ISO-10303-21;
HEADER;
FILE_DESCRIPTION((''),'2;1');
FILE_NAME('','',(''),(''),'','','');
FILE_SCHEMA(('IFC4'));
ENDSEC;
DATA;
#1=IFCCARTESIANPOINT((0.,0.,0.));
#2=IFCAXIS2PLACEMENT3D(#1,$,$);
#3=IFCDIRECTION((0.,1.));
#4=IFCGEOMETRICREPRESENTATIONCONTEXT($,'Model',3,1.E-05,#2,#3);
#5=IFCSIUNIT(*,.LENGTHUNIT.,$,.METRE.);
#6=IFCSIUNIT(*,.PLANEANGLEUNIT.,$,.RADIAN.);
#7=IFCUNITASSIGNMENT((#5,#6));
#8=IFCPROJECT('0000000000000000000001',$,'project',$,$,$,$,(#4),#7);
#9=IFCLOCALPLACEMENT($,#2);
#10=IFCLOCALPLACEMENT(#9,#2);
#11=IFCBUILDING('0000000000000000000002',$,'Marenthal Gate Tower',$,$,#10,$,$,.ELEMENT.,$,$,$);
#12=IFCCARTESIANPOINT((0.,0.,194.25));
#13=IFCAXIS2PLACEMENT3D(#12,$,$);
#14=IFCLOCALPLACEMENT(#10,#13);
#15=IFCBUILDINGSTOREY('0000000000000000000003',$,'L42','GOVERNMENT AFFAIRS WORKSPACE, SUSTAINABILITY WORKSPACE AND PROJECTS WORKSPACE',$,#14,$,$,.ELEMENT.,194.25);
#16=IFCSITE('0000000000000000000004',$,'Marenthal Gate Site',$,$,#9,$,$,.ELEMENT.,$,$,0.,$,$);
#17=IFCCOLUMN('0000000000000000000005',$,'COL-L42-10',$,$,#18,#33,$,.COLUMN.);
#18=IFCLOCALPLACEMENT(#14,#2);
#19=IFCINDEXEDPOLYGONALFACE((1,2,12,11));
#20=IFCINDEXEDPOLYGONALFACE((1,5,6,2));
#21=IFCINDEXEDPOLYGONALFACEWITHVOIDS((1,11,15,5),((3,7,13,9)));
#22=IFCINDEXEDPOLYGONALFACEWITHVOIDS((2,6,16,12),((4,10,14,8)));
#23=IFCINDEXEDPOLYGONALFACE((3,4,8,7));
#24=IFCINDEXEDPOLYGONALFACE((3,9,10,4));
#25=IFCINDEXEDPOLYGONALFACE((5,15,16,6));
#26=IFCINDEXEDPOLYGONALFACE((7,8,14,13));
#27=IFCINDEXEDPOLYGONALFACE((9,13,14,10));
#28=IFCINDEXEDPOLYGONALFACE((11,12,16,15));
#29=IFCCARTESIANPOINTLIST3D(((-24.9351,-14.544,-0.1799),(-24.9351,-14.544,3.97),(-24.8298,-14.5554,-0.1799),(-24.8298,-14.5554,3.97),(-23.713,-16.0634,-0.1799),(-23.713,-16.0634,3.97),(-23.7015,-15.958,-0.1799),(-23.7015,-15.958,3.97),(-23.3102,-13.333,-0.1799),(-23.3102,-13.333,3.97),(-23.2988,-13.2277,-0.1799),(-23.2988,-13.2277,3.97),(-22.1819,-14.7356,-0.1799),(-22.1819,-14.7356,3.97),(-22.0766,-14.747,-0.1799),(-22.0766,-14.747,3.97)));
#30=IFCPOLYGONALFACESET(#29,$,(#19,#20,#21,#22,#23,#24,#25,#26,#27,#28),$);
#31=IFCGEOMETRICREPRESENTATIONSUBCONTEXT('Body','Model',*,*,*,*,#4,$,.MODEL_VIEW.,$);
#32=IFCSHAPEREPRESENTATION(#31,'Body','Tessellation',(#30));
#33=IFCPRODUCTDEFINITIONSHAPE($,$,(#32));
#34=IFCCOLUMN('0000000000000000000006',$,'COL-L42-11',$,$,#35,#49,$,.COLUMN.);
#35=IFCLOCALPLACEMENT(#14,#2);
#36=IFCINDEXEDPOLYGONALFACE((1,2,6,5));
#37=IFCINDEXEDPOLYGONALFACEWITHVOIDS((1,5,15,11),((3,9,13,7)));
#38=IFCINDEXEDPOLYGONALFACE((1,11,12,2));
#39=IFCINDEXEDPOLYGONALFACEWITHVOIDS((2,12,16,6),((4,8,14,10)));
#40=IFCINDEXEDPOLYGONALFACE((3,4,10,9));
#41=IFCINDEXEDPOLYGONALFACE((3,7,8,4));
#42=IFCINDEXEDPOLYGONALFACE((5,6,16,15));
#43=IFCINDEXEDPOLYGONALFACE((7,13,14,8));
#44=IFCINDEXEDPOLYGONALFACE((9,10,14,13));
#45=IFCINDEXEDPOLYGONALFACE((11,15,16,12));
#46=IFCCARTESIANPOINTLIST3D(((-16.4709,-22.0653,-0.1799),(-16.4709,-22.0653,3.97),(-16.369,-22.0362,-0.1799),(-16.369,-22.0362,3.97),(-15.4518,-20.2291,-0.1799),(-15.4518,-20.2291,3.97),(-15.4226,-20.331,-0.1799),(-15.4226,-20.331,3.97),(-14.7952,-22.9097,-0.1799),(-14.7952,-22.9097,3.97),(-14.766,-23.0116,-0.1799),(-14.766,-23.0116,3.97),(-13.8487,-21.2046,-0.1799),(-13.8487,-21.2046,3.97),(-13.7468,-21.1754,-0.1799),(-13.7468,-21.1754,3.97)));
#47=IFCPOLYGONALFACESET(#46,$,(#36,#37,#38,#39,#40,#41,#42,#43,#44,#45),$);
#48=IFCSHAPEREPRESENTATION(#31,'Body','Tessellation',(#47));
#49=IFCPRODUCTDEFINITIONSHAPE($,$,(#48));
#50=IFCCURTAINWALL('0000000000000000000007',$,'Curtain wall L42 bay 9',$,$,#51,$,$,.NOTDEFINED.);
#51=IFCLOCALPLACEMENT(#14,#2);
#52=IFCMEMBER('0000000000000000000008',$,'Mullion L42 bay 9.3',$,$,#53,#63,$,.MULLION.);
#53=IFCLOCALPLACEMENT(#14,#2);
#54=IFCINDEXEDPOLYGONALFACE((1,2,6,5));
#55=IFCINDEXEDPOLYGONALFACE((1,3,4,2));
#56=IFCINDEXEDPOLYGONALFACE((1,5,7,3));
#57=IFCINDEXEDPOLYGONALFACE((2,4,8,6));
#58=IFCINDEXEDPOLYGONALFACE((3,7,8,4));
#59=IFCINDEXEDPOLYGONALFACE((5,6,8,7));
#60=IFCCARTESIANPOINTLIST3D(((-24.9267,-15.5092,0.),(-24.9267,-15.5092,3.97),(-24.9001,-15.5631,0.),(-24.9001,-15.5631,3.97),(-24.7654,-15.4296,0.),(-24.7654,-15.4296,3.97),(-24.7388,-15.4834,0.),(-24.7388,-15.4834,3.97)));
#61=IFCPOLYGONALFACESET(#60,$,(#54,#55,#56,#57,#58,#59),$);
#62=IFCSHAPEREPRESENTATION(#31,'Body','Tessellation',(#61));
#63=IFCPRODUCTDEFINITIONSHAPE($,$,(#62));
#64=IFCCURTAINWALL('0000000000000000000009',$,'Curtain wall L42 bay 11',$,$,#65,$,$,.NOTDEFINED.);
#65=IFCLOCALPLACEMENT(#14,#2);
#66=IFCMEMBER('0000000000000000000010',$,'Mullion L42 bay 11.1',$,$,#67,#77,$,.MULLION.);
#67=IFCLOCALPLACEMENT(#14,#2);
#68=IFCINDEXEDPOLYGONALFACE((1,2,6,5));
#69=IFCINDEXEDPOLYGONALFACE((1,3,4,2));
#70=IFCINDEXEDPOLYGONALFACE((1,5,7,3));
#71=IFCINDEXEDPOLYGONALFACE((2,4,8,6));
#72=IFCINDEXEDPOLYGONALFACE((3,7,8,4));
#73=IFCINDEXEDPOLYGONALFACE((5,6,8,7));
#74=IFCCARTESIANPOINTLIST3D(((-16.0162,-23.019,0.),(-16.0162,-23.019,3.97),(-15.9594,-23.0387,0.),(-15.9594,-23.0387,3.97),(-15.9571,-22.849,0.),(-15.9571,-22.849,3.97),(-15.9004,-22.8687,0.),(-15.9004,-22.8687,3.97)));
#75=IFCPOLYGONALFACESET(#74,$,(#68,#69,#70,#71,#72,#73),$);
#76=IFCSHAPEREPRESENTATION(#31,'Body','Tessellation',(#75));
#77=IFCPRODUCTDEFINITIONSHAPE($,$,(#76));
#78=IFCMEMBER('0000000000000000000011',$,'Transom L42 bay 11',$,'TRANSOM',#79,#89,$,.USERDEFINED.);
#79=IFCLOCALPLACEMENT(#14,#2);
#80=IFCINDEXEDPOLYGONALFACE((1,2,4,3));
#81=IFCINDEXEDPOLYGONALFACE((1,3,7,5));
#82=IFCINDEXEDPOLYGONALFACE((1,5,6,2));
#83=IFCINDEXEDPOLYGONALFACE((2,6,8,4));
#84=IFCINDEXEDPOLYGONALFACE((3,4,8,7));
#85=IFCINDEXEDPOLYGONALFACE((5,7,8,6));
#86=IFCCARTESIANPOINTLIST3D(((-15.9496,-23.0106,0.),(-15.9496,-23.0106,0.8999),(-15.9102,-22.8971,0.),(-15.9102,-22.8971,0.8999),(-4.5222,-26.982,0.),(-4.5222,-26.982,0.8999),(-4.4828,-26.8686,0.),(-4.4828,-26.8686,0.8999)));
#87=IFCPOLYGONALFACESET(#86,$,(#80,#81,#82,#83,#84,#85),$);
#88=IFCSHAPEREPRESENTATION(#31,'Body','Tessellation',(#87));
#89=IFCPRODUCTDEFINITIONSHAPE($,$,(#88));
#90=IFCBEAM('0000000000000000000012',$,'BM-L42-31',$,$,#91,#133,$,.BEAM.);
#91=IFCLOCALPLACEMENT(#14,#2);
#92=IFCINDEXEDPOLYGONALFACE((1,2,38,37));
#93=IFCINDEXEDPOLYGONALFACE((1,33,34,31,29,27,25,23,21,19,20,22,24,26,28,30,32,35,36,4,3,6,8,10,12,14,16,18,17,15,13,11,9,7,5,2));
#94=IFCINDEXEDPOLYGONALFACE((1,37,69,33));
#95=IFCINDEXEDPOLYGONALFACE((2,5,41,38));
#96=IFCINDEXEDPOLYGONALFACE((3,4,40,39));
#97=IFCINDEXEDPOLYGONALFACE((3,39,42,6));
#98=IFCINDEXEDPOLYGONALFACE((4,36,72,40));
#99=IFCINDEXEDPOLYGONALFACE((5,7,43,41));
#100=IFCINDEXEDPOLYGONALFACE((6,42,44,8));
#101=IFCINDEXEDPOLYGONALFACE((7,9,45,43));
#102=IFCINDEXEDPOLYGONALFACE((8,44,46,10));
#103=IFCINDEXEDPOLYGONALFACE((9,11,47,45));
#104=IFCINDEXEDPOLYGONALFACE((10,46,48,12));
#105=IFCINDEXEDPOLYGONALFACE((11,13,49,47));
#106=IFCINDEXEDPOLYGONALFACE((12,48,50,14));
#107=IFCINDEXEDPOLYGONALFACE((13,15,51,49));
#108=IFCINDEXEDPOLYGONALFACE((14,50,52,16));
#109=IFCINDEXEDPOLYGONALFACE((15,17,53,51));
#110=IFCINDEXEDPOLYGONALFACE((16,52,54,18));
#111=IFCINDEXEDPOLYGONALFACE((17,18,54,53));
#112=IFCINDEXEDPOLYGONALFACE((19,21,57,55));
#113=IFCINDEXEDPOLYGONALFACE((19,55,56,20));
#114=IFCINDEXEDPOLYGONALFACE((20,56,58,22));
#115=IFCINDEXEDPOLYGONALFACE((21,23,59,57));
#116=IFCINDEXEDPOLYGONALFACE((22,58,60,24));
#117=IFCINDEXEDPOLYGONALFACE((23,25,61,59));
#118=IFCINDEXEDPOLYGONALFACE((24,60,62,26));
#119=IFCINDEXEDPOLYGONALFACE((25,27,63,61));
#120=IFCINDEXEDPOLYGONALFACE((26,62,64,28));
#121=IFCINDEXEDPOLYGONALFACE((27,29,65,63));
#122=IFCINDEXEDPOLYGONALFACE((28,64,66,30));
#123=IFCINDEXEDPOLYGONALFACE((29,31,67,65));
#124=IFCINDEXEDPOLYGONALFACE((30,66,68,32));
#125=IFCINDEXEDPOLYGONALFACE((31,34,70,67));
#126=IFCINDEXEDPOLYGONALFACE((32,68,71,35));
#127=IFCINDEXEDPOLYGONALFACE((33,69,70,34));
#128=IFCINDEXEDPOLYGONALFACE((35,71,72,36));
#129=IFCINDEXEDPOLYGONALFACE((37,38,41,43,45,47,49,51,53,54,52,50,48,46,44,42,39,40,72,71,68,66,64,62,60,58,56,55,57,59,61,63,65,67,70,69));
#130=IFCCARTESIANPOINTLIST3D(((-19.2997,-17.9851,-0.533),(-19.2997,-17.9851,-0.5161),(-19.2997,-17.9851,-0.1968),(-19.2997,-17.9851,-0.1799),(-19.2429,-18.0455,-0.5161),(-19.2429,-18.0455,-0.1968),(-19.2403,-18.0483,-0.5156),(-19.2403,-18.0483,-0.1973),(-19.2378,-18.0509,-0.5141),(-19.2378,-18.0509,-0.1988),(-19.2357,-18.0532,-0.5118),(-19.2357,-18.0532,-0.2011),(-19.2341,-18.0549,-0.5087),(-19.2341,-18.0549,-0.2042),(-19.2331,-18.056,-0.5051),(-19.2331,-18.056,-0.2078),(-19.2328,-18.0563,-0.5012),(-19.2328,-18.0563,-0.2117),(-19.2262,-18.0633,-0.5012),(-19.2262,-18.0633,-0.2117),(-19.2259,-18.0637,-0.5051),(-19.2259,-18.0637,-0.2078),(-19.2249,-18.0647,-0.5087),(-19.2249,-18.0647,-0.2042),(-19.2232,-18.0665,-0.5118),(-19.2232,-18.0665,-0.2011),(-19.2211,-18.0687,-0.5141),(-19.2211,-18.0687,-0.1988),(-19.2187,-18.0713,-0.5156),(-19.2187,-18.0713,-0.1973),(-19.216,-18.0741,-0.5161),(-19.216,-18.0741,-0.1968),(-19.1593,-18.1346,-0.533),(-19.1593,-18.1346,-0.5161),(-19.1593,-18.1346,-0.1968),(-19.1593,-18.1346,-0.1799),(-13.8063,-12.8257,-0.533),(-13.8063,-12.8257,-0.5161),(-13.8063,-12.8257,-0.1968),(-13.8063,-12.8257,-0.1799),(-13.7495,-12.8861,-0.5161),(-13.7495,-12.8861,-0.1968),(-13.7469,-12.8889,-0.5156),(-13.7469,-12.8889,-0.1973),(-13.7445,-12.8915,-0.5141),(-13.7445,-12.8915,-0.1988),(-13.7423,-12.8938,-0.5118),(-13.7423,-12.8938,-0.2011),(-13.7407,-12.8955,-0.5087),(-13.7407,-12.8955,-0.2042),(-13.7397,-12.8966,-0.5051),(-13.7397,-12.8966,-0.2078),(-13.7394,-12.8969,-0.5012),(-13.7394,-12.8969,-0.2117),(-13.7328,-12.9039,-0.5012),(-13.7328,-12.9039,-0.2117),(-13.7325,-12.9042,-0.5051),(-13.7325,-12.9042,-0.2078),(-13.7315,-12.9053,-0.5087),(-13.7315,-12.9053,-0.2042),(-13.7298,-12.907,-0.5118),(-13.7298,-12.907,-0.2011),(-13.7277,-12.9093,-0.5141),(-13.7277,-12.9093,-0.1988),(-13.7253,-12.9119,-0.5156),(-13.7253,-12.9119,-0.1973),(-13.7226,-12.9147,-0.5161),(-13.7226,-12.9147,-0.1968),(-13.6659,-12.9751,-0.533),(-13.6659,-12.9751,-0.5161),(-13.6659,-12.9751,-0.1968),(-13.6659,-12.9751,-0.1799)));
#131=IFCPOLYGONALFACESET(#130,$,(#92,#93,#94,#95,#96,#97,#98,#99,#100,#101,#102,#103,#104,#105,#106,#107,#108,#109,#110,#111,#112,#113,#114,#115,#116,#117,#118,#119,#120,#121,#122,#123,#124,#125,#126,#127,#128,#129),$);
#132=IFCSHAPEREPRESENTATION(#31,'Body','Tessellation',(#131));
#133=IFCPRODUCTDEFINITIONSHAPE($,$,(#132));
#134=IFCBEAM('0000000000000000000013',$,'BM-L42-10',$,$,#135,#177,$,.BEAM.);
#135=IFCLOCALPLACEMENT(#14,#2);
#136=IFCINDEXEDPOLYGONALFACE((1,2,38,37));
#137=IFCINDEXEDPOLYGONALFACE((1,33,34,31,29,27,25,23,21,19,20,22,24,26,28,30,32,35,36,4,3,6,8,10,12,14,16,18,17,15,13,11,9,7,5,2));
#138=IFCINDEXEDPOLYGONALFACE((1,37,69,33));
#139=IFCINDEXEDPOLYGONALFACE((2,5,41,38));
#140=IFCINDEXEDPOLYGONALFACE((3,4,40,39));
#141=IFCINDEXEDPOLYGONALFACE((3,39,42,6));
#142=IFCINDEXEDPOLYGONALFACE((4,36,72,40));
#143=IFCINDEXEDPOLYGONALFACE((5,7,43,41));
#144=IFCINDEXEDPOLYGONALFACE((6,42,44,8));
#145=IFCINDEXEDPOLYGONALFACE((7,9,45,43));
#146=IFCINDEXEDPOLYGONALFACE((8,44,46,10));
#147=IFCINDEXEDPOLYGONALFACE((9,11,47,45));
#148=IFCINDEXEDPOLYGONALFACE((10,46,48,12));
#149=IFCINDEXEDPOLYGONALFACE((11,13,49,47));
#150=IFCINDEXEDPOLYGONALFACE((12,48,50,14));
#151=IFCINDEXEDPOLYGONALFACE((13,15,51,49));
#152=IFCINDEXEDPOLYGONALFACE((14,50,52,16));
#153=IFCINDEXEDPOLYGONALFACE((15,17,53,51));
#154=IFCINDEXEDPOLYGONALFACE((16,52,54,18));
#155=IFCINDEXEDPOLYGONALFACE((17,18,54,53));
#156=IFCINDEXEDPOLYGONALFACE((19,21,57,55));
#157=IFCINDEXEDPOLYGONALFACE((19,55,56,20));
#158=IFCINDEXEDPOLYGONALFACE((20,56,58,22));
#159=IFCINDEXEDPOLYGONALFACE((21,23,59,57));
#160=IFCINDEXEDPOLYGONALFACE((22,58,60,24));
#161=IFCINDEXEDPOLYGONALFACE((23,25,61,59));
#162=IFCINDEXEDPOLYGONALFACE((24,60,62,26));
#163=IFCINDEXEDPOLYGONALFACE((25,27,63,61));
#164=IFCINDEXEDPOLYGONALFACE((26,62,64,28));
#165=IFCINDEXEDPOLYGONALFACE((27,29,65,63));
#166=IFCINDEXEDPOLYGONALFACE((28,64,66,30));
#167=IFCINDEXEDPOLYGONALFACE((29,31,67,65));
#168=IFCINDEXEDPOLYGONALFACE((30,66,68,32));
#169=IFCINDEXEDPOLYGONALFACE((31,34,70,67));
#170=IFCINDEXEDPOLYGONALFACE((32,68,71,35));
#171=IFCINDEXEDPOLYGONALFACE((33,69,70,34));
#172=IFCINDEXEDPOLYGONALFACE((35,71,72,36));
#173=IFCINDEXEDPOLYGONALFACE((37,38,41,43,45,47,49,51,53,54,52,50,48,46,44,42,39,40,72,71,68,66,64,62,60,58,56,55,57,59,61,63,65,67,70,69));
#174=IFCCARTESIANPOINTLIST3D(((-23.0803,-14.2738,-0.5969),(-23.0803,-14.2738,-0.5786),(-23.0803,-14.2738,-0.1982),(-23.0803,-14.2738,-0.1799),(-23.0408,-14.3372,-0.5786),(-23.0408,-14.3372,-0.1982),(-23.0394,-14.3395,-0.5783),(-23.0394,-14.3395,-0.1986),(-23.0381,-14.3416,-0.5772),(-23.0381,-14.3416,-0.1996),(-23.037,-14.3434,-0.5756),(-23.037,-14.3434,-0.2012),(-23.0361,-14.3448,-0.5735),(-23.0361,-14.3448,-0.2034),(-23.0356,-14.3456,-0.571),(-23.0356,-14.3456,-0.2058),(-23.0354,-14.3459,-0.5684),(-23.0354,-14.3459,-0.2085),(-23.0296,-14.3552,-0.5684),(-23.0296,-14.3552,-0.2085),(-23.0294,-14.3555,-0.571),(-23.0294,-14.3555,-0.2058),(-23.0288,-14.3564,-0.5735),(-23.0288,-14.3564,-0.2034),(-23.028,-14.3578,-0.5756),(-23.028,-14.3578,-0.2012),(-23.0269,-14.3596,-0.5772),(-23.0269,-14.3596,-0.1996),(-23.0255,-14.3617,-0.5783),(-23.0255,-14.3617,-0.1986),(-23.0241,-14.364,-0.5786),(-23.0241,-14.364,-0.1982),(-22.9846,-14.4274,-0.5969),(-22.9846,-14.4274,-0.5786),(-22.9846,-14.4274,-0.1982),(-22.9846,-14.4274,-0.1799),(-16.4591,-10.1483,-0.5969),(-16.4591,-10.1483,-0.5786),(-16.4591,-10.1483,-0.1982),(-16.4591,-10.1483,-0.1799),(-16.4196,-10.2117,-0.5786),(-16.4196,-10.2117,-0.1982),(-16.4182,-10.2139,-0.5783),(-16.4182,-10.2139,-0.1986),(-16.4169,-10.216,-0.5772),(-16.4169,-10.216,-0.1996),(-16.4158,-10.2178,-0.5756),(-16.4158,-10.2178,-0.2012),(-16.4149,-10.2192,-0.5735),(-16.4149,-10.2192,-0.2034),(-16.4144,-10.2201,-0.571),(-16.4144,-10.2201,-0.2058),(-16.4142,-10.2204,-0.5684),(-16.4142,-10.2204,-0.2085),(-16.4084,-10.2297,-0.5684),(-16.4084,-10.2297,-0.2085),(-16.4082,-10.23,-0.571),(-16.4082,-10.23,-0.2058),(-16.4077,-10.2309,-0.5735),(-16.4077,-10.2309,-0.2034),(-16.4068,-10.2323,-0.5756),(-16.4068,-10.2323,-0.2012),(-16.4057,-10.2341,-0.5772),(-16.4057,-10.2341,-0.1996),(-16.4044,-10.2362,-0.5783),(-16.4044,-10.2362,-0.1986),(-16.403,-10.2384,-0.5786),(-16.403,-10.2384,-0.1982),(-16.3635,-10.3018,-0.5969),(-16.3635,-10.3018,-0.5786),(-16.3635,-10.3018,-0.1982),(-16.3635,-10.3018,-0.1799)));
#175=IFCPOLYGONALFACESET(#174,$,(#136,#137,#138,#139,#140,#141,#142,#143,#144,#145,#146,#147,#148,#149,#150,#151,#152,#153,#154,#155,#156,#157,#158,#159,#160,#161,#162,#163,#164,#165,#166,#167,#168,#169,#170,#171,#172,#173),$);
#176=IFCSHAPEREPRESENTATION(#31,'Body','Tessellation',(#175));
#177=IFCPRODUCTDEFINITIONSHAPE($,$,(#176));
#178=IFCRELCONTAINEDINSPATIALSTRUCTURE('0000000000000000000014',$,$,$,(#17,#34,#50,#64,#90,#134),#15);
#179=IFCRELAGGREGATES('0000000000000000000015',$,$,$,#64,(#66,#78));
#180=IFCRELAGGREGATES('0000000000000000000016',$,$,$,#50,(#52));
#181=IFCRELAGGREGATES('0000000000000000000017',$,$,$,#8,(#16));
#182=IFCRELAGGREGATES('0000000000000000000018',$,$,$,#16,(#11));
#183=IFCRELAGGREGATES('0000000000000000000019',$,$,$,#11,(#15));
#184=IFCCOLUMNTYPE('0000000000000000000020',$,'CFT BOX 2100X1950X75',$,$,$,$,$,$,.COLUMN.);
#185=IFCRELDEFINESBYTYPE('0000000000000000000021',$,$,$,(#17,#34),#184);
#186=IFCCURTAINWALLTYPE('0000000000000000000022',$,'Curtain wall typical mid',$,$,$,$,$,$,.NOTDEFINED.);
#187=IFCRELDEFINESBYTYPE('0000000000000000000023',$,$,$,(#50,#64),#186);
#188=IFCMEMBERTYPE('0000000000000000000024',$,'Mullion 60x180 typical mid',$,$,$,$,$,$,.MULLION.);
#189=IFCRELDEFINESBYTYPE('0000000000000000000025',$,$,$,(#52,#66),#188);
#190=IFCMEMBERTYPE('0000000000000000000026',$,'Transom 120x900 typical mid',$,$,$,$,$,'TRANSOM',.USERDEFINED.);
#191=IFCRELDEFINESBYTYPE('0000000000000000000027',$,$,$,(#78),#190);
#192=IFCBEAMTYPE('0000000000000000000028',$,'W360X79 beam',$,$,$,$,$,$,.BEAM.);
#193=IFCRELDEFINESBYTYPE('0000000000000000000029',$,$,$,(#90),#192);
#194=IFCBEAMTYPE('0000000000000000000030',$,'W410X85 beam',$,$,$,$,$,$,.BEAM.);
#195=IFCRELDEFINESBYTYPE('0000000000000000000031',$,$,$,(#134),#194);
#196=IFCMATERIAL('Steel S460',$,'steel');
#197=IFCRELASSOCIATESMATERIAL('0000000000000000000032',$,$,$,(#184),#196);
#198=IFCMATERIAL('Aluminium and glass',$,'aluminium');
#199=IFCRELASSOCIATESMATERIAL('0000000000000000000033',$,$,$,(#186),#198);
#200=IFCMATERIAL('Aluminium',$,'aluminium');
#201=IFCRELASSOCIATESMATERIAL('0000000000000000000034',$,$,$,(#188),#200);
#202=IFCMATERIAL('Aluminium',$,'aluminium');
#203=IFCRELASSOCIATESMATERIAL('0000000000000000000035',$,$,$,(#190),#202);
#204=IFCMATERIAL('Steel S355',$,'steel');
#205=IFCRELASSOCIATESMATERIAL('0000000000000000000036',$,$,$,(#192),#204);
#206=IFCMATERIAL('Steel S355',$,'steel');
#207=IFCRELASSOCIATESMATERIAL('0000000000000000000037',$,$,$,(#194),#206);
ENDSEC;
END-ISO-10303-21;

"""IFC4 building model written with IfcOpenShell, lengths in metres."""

from ifc_helpers import new_model, si_unit, direction, frame, origin, origin_2d, place, context, subcontext, project, spatial, rectangle, hollow_rectangle, i_section, extrude, material, material_profile, profile_set, type_object, element, aggregate, save


model = new_model("IFC4")

# Units and contexts
model_context = context("Model", 3, precision=1e-05, world=origin(), true_north=direction((0.0, 1.0)))
body_context = subcontext(model_context, "Body", "Model", "MODEL_VIEW")
ifc_project = project(units=[si_unit("LENGTHUNIT", "METRE"), si_unit("PLANEANGLEUNIT", "RADIAN")], contexts=[model_context])

# Site, building, storey
site_placement = place(None, origin())
site = spatial("IfcSite", under=ifc_project, at=site_placement, Name="Marenthal Gate Site", CompositionType="ELEMENT", RefElevation=0.0)
building_placement = place(site_placement, origin())
building = spatial("IfcBuilding", under=site, at=building_placement, Name="Marenthal Gate Tower", CompositionType="ELEMENT")
storey_placement = place(building_placement, frame((0.0, 0.0, 194.25)))
storey = spatial("IfcBuildingStorey", under=building, at=storey_placement, Name="L42", Description="GOVERNMENT AFFAIRS WORKSPACE, SUSTAINABILITY WORKSPACE AND PROJECTS WORKSPACE", CompositionType="ELEMENT", Elevation=194.25)

# Columns
ifc_material_1 = material(Name="Steel S460", Category="steel")
ifc_material_profile_1 = material_profile(ifc_material_1, hollow_rectangle(XDim=1.95, YDim=2.1001, WallThickness=0.075, at=origin_2d()), Name="CFT BOX 2100X1950X75")
ifc_material_2 = material(Name="Concrete 70 MPa", Category="concrete")
ifc_material_profile_2 = material_profile(ifc_material_2, rectangle(XDim=1.8, YDim=1.95, at=origin_2d()), Name="CFT BOX 2100X1950X75 INFILL")
ifc_profile_set_1 = profile_set([ifc_material_profile_1, ifc_material_profile_2], Name="Steel S460 shell, Concrete 70 MPa infill")
column_type = type_object("IfcColumnType", Name="CFT BOX 2100X1950X75", PredefinedType="COLUMN", material=ifc_profile_set_1)
for number, where, z_axis, x_axis, name in (
    (1, (-23.5059, -14.6455, -0.1799), (0.0, 0.0, 1.0), (-0.626783, 0.779194, 0.0), "COL-L42-10"),
    (2, (-15.1089, -21.6204, -0.1799), (0.0, 0.0, 1.0), (-0.874354, 0.485289, 0.0), "COL-L42-11"),
):
    element("IfcColumn", number, at=place(storey_placement, frame(where, z_axis=z_axis, x_axis=x_axis)), inside=storey, type_object=column_type, Name=name, PredefinedType="COLUMN", context=body_context, shape_type="SweptSolid", body=[
        extrude(hollow_rectangle(XDim=1.95, YDim=2.1001, WallThickness=0.075, at=origin_2d()), origin(), (0.0, 0.0, 1.0), 4.1499),
    ])

# Curtain wall, member
ifc_material_3 = material(Name="Aluminium and glass", Category="aluminium")
curtain_wall_type = type_object("IfcCurtainWallType", Name="Curtain wall typical mid", PredefinedType="NOTDEFINED", material=ifc_material_3)
curtain_wall_1_placement = place(storey_placement, origin())
curtain_wall_1 = element("IfcCurtainWall", 3, at=curtain_wall_1_placement, inside=storey, type_object=curtain_wall_type, Name="Curtain wall L42 bay 9", PredefinedType="NOTDEFINED")
ifc_material_4 = material(Name="Aluminium", Category="aluminium")
ifc_material_profile_3 = material_profile(ifc_material_4, rectangle(XDim=0.1799, YDim=0.0601, at=origin_2d()), Name="60x180 aluminium mullion")
ifc_profile_set_2 = profile_set([ifc_material_profile_3], Name="Aluminium")
member_type_1 = type_object("IfcMemberType", Name="Mullion 60x180 typical mid", PredefinedType="MULLION", material=ifc_profile_set_2)
member_1_placement = place(storey_placement, frame((-24.8328, -15.4963, 0.0), z_axis=(0.0, 0.0, 1.0), x_axis=(0.896681, 0.442678, 0.0)))
member_1 = element("IfcMember", 4, at=member_1_placement, type_object=member_type_1, Name="Mullion L42 bay 9.3", PredefinedType="MULLION", context=body_context, shape_type="SweptSolid", body=[
    extrude(rectangle(XDim=0.1799, YDim=0.0601, at=origin_2d()), origin(), (0.0, 0.0, 1.0), 3.97),
])

# Curtain wall, members
curtain_wall_2_placement = place(storey_placement, origin())
curtain_wall_2 = element("IfcCurtainWall", 5, at=curtain_wall_2_placement, inside=storey, type_object=curtain_wall_type, Name="Curtain wall L42 bay 11", PredefinedType="NOTDEFINED")
member_2_placement = place(storey_placement, frame((-15.9583, -22.9438, 0.0), z_axis=(0.0, 0.0, 1.0), x_axis=(0.328273, 0.944583, 0.0)))
member_2 = element("IfcMember", 6, at=member_2_placement, type_object=member_type_1, Name="Mullion L42 bay 11.1", PredefinedType="MULLION", context=body_context, shape_type="SweptSolid", body=[
    extrude(rectangle(XDim=0.1799, YDim=0.0601, at=origin_2d()), origin(), (0.0, 0.0, 1.0), 3.97),
])
ifc_material_5 = material(Name="Aluminium", Category="aluminium")
ifc_material_profile_4 = material_profile(ifc_material_5, rectangle(XDim=0.1201, YDim=0.8999, at=origin_2d()), Name="120x900 aluminium transom")
ifc_profile_set_3 = profile_set([ifc_material_profile_4], Name="Aluminium")
member_type_2 = type_object("IfcMemberType", Name="Transom 120x900 typical mid", ElementType="TRANSOM", PredefinedType="USERDEFINED", material=ifc_profile_set_3)
member_3_placement = place(storey_placement, frame((-15.9299, -22.9539, 0.45), z_axis=(0.944583, -0.328274, 0.0), x_axis=(0.328274, 0.944583, 0.0)))
member_3 = element("IfcMember", 7, at=member_3_placement, type_object=member_type_2, Name="Transom L42 bay 11", ObjectType="TRANSOM", PredefinedType="USERDEFINED", context=body_context, shape_type="SweptSolid", body=[
    extrude(rectangle(XDim=0.1201, YDim=0.8999, at=origin_2d()), origin(), (0.0, 0.0, 1.0), 12.0979),
])
aggregate(curtain_wall_2, [member_2, member_3])

# Beams
ifc_material_6 = material(Name="Steel S355", Category="steel")
ifc_material_profile_5 = material_profile(ifc_material_6, i_section(OverallWidth=0.2051, OverallDepth=0.353, WebThickness=0.0095, FlangeThickness=0.0168, FilletRadius=0.0149, at=origin_2d()), Name="W360X79")
ifc_profile_set_4 = profile_set([ifc_material_profile_5], Name="Steel S355")
beam_type_1 = type_object("IfcBeamType", Name="W360X79 beam", PredefinedType="BEAM", material=ifc_profile_set_4)
beam_1_placement = place(storey_placement, frame((-19.2295, -18.0598, -0.3564), z_axis=(0.728918, 0.684601, 0.0), x_axis=(-0.684601, 0.728918, 0.0)))
element("IfcBeam", 8, at=beam_1_placement, inside=storey, type_object=beam_type_1, Name="BM-L42-31", PredefinedType="BEAM", context=body_context, shape_type="SweptSolid", body=[
    extrude(i_section(OverallWidth=0.2051, OverallDepth=0.353, WebThickness=0.0095, FlangeThickness=0.0168, FilletRadius=0.0149, at=origin_2d()), origin(), (0.0, 0.0, 1.0), 7.5364),
])
ifc_material_7 = material(Name="Steel S355", Category="steel")
ifc_material_profile_6 = material_profile(ifc_material_7, i_section(OverallWidth=0.1809, OverallDepth=0.417, WebThickness=0.011, FlangeThickness=0.0183, FilletRadius=0.0103, at=origin_2d()), Name="W410X85")
ifc_profile_set_5 = profile_set([ifc_material_profile_6], Name="Steel S355")
beam_type_2 = type_object("IfcBeamType", Name="W410X85 beam", PredefinedType="BEAM", material=ifc_profile_set_5)
beam_2_placement = place(storey_placement, frame((-23.0325, -14.3506, -0.3884), z_axis=(0.848729, 0.528828, 0.0), x_axis=(-0.528828, 0.848729, 0.0)))
element("IfcBeam", 9, at=beam_2_placement, inside=storey, type_object=beam_type_2, Name="BM-L42-10", PredefinedType="BEAM", context=body_context, shape_type="SweptSolid", body=[
    extrude(i_section(OverallWidth=0.1809, OverallDepth=0.417, WebThickness=0.011, FlangeThickness=0.0183, FilletRadius=0.0103, at=origin_2d()), origin(), (0.0, 0.0, 1.0), 7.8013),
])

aggregate(curtain_wall_1, [member_1])

save(model, "model.ifc")
